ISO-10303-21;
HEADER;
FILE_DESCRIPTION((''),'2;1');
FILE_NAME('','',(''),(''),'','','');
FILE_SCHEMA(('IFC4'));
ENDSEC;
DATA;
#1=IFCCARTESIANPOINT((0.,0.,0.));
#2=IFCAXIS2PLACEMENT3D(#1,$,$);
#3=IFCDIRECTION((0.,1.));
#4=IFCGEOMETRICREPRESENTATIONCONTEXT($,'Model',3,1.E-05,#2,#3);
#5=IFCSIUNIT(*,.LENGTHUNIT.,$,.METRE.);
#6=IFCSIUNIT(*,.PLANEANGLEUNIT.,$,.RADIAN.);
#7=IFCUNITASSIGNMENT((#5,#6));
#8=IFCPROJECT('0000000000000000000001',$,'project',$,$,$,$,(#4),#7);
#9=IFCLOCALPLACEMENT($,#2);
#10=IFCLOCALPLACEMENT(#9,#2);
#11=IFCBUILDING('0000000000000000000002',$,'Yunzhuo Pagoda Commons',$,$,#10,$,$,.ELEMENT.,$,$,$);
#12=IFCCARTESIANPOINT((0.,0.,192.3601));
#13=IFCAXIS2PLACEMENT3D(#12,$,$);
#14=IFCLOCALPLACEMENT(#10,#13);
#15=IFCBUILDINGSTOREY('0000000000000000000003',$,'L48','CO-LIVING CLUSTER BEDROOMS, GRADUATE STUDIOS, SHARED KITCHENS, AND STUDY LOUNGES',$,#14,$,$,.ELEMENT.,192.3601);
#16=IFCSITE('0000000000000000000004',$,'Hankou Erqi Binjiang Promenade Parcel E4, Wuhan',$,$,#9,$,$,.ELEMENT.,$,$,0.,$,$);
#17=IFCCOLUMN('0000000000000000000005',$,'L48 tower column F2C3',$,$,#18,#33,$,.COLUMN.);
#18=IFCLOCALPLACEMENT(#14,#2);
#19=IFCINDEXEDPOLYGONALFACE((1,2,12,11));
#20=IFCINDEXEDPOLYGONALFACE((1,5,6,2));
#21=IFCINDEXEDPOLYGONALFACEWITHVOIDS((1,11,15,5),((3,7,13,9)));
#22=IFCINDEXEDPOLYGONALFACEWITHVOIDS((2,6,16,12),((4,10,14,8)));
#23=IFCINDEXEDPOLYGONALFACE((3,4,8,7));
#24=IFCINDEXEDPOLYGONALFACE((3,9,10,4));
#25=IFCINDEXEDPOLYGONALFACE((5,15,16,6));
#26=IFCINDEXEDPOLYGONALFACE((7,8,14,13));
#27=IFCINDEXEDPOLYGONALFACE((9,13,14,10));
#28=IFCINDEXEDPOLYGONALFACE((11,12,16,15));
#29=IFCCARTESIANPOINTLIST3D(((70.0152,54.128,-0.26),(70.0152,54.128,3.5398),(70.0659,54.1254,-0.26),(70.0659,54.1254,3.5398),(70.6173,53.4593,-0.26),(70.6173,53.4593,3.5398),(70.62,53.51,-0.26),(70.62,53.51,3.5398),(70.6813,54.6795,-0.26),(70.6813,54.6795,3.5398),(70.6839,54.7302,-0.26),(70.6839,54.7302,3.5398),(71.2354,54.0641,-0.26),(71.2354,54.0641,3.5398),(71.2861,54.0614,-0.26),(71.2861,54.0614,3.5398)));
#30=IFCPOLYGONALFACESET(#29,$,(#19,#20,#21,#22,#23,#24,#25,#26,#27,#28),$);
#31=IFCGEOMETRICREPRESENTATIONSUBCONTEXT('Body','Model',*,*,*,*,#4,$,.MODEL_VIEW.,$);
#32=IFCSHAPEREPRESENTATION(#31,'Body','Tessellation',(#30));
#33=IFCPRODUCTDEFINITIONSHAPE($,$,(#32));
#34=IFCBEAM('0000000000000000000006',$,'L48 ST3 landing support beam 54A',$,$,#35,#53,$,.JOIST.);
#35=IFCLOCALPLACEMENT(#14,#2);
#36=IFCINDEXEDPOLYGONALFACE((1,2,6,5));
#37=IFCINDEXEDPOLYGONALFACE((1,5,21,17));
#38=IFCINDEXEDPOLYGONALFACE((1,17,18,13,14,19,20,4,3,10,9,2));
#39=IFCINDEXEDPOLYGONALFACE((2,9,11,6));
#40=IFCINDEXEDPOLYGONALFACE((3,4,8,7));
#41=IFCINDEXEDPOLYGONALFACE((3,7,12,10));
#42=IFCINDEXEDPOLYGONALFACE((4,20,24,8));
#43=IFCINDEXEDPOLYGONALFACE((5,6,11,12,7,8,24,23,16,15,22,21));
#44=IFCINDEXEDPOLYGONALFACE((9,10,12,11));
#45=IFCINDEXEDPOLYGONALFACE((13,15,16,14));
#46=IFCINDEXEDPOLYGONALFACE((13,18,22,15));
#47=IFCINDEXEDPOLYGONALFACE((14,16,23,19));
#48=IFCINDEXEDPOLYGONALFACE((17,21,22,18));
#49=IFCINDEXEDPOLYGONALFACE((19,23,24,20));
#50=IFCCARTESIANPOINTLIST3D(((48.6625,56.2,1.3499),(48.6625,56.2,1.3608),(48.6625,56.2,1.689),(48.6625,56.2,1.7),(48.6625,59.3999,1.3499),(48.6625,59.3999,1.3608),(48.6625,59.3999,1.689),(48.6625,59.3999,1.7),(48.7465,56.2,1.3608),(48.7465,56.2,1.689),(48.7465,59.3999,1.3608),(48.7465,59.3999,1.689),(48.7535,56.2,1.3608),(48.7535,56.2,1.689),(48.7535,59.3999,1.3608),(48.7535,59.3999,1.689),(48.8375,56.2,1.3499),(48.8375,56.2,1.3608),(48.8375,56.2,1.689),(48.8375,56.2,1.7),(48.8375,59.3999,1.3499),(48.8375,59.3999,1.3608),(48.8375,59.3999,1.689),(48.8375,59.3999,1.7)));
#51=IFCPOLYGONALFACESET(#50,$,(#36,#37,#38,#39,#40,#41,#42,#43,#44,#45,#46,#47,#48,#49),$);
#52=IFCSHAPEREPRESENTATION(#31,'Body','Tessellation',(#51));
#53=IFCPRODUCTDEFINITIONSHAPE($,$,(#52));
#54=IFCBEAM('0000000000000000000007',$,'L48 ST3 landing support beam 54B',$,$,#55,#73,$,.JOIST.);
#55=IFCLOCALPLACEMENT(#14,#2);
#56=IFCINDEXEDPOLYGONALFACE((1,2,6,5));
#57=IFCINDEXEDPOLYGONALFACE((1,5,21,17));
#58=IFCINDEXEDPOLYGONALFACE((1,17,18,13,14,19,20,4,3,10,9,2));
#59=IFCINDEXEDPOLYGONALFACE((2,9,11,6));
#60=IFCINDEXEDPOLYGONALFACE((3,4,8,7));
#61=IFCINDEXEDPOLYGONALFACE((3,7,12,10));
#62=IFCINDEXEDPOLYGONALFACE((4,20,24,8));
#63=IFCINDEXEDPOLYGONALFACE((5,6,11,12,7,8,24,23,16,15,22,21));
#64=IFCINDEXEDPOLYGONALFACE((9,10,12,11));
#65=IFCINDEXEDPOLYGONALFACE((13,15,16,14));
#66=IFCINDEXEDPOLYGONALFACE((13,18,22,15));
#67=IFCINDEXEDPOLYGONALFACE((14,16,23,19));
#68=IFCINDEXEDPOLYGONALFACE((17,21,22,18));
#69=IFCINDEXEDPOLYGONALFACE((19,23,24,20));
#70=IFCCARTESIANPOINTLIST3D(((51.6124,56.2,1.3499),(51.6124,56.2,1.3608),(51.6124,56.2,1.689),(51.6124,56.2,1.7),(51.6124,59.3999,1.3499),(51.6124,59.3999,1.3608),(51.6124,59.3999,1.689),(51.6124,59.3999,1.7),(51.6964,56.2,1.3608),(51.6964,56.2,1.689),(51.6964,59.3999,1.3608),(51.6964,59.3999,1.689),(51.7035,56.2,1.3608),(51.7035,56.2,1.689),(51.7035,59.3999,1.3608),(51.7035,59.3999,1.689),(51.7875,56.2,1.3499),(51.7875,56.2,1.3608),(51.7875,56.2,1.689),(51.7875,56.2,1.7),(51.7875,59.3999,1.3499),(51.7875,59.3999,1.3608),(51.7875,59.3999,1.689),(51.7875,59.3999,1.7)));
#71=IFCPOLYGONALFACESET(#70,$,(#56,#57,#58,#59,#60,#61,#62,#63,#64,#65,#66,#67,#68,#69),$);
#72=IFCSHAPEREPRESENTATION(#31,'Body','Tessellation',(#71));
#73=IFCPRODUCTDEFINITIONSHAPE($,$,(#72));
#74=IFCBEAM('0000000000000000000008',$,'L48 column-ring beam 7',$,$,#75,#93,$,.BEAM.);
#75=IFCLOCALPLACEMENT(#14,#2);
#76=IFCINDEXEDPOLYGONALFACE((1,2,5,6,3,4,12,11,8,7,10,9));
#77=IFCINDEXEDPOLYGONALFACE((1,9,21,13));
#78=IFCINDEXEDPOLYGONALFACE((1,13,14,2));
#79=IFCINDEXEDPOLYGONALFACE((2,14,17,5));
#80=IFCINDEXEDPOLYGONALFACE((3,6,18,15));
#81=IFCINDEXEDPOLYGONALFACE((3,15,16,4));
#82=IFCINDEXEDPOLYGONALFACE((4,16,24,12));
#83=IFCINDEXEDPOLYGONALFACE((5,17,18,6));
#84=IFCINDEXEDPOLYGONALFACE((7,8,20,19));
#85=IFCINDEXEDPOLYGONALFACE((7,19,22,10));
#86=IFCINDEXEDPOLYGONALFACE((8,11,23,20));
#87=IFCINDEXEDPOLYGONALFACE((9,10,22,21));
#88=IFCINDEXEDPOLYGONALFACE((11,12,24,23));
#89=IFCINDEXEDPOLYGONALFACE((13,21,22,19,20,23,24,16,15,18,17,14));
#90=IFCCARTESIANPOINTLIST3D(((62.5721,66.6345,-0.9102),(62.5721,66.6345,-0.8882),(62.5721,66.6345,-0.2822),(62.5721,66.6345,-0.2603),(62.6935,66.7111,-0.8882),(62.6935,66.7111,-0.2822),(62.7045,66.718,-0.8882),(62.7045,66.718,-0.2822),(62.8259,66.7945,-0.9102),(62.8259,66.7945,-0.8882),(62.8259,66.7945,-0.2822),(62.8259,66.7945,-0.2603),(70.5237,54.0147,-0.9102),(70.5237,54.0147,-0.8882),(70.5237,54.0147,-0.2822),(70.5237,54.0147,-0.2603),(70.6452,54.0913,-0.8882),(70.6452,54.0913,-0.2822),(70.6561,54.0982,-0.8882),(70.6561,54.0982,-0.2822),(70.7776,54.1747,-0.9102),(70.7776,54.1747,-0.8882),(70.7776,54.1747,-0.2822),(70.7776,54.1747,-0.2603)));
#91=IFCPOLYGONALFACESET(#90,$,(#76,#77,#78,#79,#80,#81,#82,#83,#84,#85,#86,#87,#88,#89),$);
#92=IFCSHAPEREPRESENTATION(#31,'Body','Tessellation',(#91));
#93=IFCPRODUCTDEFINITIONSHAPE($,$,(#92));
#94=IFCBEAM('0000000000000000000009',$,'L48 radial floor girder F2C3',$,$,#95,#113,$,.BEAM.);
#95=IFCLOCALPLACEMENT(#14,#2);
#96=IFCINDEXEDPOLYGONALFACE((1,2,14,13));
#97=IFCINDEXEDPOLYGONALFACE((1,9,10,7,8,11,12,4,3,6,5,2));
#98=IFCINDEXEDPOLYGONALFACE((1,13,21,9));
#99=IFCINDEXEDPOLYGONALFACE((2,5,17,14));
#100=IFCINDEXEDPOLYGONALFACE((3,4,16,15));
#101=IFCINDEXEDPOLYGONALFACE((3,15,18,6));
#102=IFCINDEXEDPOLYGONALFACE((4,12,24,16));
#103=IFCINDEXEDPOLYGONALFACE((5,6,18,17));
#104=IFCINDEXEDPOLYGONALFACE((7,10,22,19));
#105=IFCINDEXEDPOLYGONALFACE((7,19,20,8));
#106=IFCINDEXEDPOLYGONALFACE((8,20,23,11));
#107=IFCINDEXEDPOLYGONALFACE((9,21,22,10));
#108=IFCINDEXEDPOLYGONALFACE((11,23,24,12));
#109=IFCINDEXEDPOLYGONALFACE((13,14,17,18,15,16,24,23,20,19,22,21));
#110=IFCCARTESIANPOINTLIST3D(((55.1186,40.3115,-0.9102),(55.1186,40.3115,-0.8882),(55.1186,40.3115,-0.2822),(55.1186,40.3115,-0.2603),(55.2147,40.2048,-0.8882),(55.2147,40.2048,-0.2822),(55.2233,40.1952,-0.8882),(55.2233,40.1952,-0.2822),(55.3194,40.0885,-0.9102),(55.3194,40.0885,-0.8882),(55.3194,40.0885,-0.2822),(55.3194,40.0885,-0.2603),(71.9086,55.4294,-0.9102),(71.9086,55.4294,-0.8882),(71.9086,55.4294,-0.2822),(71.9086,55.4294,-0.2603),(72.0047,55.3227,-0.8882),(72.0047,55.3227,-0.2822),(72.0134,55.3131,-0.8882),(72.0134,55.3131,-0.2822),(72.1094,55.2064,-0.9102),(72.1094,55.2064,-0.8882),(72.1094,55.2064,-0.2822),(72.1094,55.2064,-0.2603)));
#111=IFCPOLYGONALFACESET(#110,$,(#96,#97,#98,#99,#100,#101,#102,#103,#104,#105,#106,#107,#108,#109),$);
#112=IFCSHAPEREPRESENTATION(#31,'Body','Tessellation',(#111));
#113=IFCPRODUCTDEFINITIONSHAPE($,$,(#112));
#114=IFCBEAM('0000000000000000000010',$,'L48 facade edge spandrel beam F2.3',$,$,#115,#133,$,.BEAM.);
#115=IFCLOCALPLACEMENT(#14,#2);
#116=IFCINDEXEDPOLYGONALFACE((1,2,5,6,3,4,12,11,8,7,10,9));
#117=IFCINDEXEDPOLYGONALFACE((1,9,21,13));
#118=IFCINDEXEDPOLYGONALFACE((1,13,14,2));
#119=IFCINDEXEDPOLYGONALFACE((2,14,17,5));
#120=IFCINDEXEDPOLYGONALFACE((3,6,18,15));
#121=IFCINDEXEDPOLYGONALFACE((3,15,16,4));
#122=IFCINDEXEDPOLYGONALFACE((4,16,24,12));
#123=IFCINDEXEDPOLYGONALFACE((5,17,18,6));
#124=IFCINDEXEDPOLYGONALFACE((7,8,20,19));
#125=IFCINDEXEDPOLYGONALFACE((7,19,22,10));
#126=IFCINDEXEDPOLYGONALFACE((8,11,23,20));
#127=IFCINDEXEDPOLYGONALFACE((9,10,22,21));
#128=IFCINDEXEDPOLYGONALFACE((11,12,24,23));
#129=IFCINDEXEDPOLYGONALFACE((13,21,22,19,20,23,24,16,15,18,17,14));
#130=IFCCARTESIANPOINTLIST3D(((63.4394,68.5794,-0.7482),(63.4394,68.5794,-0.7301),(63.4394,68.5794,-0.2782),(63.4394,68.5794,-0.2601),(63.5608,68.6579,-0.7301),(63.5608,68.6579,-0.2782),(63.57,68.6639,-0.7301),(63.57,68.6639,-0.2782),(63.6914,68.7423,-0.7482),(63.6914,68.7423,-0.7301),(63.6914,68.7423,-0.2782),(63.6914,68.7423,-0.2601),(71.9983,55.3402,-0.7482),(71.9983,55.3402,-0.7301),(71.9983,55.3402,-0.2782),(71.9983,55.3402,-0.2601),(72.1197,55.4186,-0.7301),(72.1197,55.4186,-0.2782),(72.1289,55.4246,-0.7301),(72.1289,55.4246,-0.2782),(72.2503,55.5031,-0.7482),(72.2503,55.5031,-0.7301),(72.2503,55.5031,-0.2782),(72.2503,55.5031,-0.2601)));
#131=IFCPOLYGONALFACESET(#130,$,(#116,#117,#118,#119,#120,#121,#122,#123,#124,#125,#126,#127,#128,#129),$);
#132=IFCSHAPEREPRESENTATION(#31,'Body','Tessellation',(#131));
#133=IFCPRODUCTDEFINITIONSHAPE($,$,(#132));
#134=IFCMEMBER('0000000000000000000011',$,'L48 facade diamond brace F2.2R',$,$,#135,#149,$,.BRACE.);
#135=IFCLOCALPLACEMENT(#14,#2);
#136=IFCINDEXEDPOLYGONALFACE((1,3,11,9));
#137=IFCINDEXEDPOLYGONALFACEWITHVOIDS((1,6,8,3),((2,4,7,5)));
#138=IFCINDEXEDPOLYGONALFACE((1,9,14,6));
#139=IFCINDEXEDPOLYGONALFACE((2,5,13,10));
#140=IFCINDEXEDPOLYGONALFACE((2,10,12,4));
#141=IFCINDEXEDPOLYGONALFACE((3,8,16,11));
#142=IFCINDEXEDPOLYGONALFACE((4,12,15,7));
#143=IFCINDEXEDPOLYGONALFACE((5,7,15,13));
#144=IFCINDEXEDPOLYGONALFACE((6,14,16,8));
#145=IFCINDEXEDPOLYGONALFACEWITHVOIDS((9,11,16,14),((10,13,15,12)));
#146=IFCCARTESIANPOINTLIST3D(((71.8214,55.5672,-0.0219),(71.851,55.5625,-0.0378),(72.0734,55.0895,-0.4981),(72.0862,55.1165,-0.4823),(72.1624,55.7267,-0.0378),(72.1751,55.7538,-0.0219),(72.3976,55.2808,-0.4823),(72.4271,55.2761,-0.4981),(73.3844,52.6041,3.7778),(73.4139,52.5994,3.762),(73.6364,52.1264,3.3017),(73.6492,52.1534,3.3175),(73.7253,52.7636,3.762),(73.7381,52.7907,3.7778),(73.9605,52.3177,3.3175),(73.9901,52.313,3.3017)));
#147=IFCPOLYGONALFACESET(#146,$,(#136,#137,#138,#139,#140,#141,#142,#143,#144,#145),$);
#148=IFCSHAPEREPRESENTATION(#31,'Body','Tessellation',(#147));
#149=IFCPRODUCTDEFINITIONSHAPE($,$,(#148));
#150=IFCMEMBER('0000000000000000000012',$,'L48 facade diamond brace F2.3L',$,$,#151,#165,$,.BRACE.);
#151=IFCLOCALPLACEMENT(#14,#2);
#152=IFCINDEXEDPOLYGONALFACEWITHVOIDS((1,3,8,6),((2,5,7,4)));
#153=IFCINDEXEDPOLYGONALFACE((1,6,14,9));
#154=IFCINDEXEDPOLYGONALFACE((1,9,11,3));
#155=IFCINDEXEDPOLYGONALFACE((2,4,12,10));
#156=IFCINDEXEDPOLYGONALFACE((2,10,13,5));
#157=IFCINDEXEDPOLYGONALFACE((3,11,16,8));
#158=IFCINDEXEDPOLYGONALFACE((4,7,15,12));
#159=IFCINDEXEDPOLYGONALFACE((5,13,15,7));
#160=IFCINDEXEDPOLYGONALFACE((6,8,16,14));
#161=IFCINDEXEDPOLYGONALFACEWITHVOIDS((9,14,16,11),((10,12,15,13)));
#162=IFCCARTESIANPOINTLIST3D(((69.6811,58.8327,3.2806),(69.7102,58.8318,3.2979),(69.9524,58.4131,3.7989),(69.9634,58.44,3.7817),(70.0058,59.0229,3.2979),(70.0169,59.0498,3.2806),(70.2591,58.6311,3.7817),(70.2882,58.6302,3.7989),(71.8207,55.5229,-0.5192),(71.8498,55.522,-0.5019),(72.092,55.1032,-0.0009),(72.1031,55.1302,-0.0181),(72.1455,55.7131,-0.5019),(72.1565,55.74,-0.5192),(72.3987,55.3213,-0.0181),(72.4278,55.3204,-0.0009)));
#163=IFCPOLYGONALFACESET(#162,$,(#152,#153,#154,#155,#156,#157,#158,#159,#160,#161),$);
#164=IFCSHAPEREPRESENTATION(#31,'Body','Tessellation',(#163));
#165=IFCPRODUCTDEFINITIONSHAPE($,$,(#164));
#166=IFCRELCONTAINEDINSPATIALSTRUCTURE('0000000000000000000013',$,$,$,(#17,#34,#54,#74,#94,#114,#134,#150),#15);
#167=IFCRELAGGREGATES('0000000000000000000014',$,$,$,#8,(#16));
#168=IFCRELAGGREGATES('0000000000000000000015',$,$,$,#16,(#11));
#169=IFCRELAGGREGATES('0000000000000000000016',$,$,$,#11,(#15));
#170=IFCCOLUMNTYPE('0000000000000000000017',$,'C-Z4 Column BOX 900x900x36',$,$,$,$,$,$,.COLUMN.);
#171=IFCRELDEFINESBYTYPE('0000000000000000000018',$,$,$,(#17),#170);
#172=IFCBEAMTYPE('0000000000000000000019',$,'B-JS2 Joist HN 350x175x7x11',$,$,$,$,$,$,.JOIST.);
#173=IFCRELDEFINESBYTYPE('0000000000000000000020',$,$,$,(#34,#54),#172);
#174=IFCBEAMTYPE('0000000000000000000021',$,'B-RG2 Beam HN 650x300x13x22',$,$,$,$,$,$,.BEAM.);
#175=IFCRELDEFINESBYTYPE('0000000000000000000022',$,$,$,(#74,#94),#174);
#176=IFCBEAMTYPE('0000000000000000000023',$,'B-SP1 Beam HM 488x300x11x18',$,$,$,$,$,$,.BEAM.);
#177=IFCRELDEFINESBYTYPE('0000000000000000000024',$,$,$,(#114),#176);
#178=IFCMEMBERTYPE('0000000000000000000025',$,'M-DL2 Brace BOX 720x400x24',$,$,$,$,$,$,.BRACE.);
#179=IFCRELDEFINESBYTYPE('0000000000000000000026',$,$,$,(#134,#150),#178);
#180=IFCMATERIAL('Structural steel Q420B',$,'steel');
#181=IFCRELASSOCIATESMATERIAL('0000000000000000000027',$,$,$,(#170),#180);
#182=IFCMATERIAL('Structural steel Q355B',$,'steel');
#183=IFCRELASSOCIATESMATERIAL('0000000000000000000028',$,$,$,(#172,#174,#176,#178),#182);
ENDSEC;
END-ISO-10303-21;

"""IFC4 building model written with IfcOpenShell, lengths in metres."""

from ifc_helpers import new_model, si_unit, direction, frame, origin, origin_2d, place, context, subcontext, project, spatial, hollow_rectangle, i_section, extrude, source, transform, mapped, material, material_profile, profile_set, type_object, element, save


model = new_model("IFC4")

# Units and contexts
model_context = context("Model", 3, precision=1e-05, world=origin(), true_north=direction((0.0, 1.0)))
body_context = subcontext(model_context, "Body", "Model", "MODEL_VIEW")
ifc_project = project(units=[si_unit("LENGTHUNIT", "METRE"), si_unit("PLANEANGLEUNIT", "RADIAN")], contexts=[model_context])

# Site, building, storey
site_placement = place(None, origin())
site = spatial("IfcSite", under=ifc_project, at=site_placement, Name="Hankou Erqi Binjiang Promenade Parcel E4, Wuhan", CompositionType="ELEMENT", RefElevation=0.0)
building_placement = place(site_placement, origin())
building = spatial("IfcBuilding", under=site, at=building_placement, Name="Yunzhuo Pagoda Commons", CompositionType="ELEMENT")
storey_placement = place(building_placement, frame((0.0, 0.0, 192.3601)))
storey = spatial("IfcBuildingStorey", under=building, at=storey_placement, Name="L48", Description="CO-LIVING CLUSTER BEDROOMS, GRADUATE STUDIOS, SHARED KITCHENS, AND STUDY LOUNGES", CompositionType="ELEMENT", Elevation=192.3601)

# Column
ifc_material_1 = material(Name="Structural steel Q420B", Category="steel")
ifc_material_profile_1 = material_profile(ifc_material_1, hollow_rectangle(XDim=0.8999, YDim=0.8999, WallThickness=0.0359, at=origin_2d()), Name="Structural steel Q420B")
ifc_profile_set_1 = profile_set([ifc_material_profile_1], Name="Structural steel Q420B")
column_type = type_object("IfcColumnType", Name="C-Z4 Column BOX 900x900x36", PredefinedType="COLUMN", material=ifc_profile_set_1)
shared_shape_1 = source(origin(), body_context, "Body", "SweptSolid", [
    extrude(hollow_rectangle(XDim=0.8999, YDim=0.8999, WallThickness=0.0359, at=origin_2d()), origin(), (0.0, 0.0, 1.0), 3.7998),
])
column_placement = place(storey_placement, frame((70.6506, 54.0947, -0.26), z_axis=(0.0, 0.0, 1.0), x_axis=(-0.669131, 0.743145, 0.0)))
element("IfcColumn", 1, at=column_placement, inside=storey, type_object=column_type, Name="L48 tower column F2C3", PredefinedType="COLUMN", context=body_context, shape_type="MappedRepresentation", body=[
    mapped(shared_shape_1, transform((0.0, 0.0, 0.0), scale=1.0)),
])

# Beams
ifc_material_2 = material(Name="Structural steel Q355B", Category="steel")
ifc_material_profile_2 = material_profile(ifc_material_2, i_section(OverallWidth=0.175, OverallDepth=0.3501, WebThickness=0.0071, FlangeThickness=0.011, at=origin_2d()), Name="Structural steel Q355B")
ifc_profile_set_2 = profile_set([ifc_material_profile_2], Name="Structural steel Q355B")
beam_type_1 = type_object("IfcBeamType", Name="B-JS2 Joist HN 350x175x7x11", PredefinedType="JOIST", material=ifc_profile_set_2)
shared_shape_2 = source(origin(), body_context, "Body", "SweptSolid", [
    extrude(i_section(OverallWidth=0.175, OverallDepth=0.3501, WebThickness=0.0071, FlangeThickness=0.011, at=origin_2d()), origin(), (0.0, 0.0, 1.0), 3.2),
])
for number, where, z_axis, x_axis, name in (
    (2, (48.75, 56.2, 1.5249), (0.0, 1.0, 0.0), (-1.0, 0.0, 0.0), "L48 ST3 landing support beam 54A"),
    (3, (51.7, 56.2, 1.5249), (0.0, 1.0, 0.0), (-1.0, 0.0, 0.0), "L48 ST3 landing support beam 54B"),
):
    element("IfcBeam", number, at=place(storey_placement, frame(where, z_axis=z_axis, x_axis=x_axis)), inside=storey, type_object=beam_type_1, Name=name, PredefinedType="JOIST", context=body_context, shape_type="MappedRepresentation", body=[
        mapped(shared_shape_2, transform((0.0, 0.0, 0.0), scale=1.0)),
    ])
ifc_material_profile_3 = material_profile(ifc_material_2, i_section(OverallWidth=0.3, OverallDepth=0.6499, WebThickness=0.0129, FlangeThickness=0.022, at=origin_2d()), Name="Structural steel Q355B")
ifc_profile_set_3 = profile_set([ifc_material_profile_3], Name="Structural steel Q355B")
beam_type_2 = type_object("IfcBeamType", Name="B-RG2 Beam HN 650x300x13x22", PredefinedType="BEAM", material=ifc_profile_set_3)
shared_shape_3 = source(origin(), body_context, "Body", "SweptSolid", [
    extrude(i_section(OverallWidth=0.3, OverallDepth=0.6499, WebThickness=0.0129, FlangeThickness=0.022, at=origin_2d()), origin(), (0.0, 0.0, 1.0), 14.916),
])
beam_1_placement = place(storey_placement, frame((70.6506, 54.0947, -0.5852), z_axis=(-0.533092, 0.846057, 0.0), x_axis=(-0.846057, -0.533092, 0.0)))
element("IfcBeam", 4, at=beam_1_placement, inside=storey, type_object=beam_type_2, Name="L48 column-ring beam 7", PredefinedType="BEAM", context=body_context, shape_type="MappedRepresentation", body=[
    mapped(shared_shape_3, transform((0.0, 0.0, 0.0), scale=1.0)),
])
shared_shape_4 = source(origin(), body_context, "Body", "SweptSolid", [
    extrude(i_section(OverallWidth=0.3, OverallDepth=0.6499, WebThickness=0.0129, FlangeThickness=0.022, at=origin_2d()), origin(), (0.0, 0.0, 1.0), 22.5933),
])
beam_2_placement = place(storey_placement, frame((72.009, 55.3179, -0.5852), z_axis=(-0.743143, -0.669133, 0.0), x_axis=(0.669133, -0.743143, 0.0)))
element("IfcBeam", 5, at=beam_2_placement, inside=storey, type_object=beam_type_2, Name="L48 radial floor girder F2C3", PredefinedType="BEAM", context=body_context, shape_type="MappedRepresentation", body=[
    mapped(shared_shape_4, transform((0.0, 0.0, 0.0), scale=1.0)),
])
ifc_material_profile_4 = material_profile(ifc_material_2, i_section(OverallWidth=0.3, OverallDepth=0.488, WebThickness=0.011, FlangeThickness=0.0181, at=origin_2d()), Name="Structural steel Q355B")
ifc_profile_set_4 = profile_set([ifc_material_profile_4], Name="Structural steel Q355B")
beam_type_3 = type_object("IfcBeamType", Name="B-SP1 Beam HM 488x300x11x18", PredefinedType="BEAM", material=ifc_profile_set_4)
shared_shape_5 = source(origin(), body_context, "Body", "SweptSolid", [
    extrude(i_section(OverallWidth=0.3, OverallDepth=0.488, WebThickness=0.011, FlangeThickness=0.0181, at=origin_2d()), origin(), (0.0, 0.0, 1.0), 15.7649),
])
beam_3_placement = place(storey_placement, frame((72.1243, 55.4216, -0.5042), z_axis=(-0.542905, 0.839794, 0.0), x_axis=(-0.839794, -0.542905, 0.0)))
element("IfcBeam", 6, at=beam_3_placement, inside=storey, type_object=beam_type_3, Name="L48 facade edge spandrel beam F2.3", PredefinedType="BEAM", context=body_context, shape_type="MappedRepresentation", body=[
    mapped(shared_shape_5, transform((0.0, 0.0, 0.0), scale=1.0)),
])

# Members
ifc_material_profile_5 = material_profile(ifc_material_2, hollow_rectangle(XDim=0.3999, YDim=0.72, WallThickness=0.0239, at=origin_2d()), Name="Structural steel Q355B")
ifc_profile_set_5 = profile_set([ifc_material_profile_5], Name="Structural steel Q355B")
member_type_1 = type_object("IfcMemberType", Name="M-DL2 Brace BOX 720x400x24", PredefinedType="BRACE", material=ifc_profile_set_5)
shared_shape_6 = source(origin(), body_context, "Body", "SweptSolid", [
    extrude(hollow_rectangle(XDim=0.3999, YDim=0.72, WallThickness=0.0239, at=origin_2d()), origin(), (0.0, 0.0, 1.0), 5.0657),
])
member_1_placement = place(storey_placement, frame((72.1243, 55.4216, -0.26), z_axis=(0.308542, -0.584937, 0.7501), x_axis=(0.884494, 0.466551, 0.0)))
element("IfcMember", 7, at=member_1_placement, inside=storey, type_object=member_type_1, Name="L48 facade diamond brace F2.2R", PredefinedType="BRACE", context=body_context, shape_type="MappedRepresentation", body=[
    mapped(shared_shape_6, transform((0.0, 0.0, 0.0), scale=1.0)),
])
shared_shape_7 = source(origin(), body_context, "Body", "SweptSolid", [
    extrude(hollow_rectangle(XDim=0.3999, YDim=0.72, WallThickness=0.0239, at=origin_2d()), origin(), (0.0, 0.0, 1.0), 5.4746),
])
member_2_placement = place(storey_placement, frame((72.1243, 55.4216, -0.26), z_axis=(-0.39083, 0.604574, 0.694076), x_axis=(-0.839801, -0.542894, 0.0)))
element("IfcMember", 8, at=member_2_placement, inside=storey, type_object=member_type_1, Name="L48 facade diamond brace F2.3L", PredefinedType="BRACE", context=body_context, shape_type="MappedRepresentation", body=[
    mapped(shared_shape_7, transform((0.0, 0.0, 0.0), scale=1.0)),
])

save(model, "model.ifc")
